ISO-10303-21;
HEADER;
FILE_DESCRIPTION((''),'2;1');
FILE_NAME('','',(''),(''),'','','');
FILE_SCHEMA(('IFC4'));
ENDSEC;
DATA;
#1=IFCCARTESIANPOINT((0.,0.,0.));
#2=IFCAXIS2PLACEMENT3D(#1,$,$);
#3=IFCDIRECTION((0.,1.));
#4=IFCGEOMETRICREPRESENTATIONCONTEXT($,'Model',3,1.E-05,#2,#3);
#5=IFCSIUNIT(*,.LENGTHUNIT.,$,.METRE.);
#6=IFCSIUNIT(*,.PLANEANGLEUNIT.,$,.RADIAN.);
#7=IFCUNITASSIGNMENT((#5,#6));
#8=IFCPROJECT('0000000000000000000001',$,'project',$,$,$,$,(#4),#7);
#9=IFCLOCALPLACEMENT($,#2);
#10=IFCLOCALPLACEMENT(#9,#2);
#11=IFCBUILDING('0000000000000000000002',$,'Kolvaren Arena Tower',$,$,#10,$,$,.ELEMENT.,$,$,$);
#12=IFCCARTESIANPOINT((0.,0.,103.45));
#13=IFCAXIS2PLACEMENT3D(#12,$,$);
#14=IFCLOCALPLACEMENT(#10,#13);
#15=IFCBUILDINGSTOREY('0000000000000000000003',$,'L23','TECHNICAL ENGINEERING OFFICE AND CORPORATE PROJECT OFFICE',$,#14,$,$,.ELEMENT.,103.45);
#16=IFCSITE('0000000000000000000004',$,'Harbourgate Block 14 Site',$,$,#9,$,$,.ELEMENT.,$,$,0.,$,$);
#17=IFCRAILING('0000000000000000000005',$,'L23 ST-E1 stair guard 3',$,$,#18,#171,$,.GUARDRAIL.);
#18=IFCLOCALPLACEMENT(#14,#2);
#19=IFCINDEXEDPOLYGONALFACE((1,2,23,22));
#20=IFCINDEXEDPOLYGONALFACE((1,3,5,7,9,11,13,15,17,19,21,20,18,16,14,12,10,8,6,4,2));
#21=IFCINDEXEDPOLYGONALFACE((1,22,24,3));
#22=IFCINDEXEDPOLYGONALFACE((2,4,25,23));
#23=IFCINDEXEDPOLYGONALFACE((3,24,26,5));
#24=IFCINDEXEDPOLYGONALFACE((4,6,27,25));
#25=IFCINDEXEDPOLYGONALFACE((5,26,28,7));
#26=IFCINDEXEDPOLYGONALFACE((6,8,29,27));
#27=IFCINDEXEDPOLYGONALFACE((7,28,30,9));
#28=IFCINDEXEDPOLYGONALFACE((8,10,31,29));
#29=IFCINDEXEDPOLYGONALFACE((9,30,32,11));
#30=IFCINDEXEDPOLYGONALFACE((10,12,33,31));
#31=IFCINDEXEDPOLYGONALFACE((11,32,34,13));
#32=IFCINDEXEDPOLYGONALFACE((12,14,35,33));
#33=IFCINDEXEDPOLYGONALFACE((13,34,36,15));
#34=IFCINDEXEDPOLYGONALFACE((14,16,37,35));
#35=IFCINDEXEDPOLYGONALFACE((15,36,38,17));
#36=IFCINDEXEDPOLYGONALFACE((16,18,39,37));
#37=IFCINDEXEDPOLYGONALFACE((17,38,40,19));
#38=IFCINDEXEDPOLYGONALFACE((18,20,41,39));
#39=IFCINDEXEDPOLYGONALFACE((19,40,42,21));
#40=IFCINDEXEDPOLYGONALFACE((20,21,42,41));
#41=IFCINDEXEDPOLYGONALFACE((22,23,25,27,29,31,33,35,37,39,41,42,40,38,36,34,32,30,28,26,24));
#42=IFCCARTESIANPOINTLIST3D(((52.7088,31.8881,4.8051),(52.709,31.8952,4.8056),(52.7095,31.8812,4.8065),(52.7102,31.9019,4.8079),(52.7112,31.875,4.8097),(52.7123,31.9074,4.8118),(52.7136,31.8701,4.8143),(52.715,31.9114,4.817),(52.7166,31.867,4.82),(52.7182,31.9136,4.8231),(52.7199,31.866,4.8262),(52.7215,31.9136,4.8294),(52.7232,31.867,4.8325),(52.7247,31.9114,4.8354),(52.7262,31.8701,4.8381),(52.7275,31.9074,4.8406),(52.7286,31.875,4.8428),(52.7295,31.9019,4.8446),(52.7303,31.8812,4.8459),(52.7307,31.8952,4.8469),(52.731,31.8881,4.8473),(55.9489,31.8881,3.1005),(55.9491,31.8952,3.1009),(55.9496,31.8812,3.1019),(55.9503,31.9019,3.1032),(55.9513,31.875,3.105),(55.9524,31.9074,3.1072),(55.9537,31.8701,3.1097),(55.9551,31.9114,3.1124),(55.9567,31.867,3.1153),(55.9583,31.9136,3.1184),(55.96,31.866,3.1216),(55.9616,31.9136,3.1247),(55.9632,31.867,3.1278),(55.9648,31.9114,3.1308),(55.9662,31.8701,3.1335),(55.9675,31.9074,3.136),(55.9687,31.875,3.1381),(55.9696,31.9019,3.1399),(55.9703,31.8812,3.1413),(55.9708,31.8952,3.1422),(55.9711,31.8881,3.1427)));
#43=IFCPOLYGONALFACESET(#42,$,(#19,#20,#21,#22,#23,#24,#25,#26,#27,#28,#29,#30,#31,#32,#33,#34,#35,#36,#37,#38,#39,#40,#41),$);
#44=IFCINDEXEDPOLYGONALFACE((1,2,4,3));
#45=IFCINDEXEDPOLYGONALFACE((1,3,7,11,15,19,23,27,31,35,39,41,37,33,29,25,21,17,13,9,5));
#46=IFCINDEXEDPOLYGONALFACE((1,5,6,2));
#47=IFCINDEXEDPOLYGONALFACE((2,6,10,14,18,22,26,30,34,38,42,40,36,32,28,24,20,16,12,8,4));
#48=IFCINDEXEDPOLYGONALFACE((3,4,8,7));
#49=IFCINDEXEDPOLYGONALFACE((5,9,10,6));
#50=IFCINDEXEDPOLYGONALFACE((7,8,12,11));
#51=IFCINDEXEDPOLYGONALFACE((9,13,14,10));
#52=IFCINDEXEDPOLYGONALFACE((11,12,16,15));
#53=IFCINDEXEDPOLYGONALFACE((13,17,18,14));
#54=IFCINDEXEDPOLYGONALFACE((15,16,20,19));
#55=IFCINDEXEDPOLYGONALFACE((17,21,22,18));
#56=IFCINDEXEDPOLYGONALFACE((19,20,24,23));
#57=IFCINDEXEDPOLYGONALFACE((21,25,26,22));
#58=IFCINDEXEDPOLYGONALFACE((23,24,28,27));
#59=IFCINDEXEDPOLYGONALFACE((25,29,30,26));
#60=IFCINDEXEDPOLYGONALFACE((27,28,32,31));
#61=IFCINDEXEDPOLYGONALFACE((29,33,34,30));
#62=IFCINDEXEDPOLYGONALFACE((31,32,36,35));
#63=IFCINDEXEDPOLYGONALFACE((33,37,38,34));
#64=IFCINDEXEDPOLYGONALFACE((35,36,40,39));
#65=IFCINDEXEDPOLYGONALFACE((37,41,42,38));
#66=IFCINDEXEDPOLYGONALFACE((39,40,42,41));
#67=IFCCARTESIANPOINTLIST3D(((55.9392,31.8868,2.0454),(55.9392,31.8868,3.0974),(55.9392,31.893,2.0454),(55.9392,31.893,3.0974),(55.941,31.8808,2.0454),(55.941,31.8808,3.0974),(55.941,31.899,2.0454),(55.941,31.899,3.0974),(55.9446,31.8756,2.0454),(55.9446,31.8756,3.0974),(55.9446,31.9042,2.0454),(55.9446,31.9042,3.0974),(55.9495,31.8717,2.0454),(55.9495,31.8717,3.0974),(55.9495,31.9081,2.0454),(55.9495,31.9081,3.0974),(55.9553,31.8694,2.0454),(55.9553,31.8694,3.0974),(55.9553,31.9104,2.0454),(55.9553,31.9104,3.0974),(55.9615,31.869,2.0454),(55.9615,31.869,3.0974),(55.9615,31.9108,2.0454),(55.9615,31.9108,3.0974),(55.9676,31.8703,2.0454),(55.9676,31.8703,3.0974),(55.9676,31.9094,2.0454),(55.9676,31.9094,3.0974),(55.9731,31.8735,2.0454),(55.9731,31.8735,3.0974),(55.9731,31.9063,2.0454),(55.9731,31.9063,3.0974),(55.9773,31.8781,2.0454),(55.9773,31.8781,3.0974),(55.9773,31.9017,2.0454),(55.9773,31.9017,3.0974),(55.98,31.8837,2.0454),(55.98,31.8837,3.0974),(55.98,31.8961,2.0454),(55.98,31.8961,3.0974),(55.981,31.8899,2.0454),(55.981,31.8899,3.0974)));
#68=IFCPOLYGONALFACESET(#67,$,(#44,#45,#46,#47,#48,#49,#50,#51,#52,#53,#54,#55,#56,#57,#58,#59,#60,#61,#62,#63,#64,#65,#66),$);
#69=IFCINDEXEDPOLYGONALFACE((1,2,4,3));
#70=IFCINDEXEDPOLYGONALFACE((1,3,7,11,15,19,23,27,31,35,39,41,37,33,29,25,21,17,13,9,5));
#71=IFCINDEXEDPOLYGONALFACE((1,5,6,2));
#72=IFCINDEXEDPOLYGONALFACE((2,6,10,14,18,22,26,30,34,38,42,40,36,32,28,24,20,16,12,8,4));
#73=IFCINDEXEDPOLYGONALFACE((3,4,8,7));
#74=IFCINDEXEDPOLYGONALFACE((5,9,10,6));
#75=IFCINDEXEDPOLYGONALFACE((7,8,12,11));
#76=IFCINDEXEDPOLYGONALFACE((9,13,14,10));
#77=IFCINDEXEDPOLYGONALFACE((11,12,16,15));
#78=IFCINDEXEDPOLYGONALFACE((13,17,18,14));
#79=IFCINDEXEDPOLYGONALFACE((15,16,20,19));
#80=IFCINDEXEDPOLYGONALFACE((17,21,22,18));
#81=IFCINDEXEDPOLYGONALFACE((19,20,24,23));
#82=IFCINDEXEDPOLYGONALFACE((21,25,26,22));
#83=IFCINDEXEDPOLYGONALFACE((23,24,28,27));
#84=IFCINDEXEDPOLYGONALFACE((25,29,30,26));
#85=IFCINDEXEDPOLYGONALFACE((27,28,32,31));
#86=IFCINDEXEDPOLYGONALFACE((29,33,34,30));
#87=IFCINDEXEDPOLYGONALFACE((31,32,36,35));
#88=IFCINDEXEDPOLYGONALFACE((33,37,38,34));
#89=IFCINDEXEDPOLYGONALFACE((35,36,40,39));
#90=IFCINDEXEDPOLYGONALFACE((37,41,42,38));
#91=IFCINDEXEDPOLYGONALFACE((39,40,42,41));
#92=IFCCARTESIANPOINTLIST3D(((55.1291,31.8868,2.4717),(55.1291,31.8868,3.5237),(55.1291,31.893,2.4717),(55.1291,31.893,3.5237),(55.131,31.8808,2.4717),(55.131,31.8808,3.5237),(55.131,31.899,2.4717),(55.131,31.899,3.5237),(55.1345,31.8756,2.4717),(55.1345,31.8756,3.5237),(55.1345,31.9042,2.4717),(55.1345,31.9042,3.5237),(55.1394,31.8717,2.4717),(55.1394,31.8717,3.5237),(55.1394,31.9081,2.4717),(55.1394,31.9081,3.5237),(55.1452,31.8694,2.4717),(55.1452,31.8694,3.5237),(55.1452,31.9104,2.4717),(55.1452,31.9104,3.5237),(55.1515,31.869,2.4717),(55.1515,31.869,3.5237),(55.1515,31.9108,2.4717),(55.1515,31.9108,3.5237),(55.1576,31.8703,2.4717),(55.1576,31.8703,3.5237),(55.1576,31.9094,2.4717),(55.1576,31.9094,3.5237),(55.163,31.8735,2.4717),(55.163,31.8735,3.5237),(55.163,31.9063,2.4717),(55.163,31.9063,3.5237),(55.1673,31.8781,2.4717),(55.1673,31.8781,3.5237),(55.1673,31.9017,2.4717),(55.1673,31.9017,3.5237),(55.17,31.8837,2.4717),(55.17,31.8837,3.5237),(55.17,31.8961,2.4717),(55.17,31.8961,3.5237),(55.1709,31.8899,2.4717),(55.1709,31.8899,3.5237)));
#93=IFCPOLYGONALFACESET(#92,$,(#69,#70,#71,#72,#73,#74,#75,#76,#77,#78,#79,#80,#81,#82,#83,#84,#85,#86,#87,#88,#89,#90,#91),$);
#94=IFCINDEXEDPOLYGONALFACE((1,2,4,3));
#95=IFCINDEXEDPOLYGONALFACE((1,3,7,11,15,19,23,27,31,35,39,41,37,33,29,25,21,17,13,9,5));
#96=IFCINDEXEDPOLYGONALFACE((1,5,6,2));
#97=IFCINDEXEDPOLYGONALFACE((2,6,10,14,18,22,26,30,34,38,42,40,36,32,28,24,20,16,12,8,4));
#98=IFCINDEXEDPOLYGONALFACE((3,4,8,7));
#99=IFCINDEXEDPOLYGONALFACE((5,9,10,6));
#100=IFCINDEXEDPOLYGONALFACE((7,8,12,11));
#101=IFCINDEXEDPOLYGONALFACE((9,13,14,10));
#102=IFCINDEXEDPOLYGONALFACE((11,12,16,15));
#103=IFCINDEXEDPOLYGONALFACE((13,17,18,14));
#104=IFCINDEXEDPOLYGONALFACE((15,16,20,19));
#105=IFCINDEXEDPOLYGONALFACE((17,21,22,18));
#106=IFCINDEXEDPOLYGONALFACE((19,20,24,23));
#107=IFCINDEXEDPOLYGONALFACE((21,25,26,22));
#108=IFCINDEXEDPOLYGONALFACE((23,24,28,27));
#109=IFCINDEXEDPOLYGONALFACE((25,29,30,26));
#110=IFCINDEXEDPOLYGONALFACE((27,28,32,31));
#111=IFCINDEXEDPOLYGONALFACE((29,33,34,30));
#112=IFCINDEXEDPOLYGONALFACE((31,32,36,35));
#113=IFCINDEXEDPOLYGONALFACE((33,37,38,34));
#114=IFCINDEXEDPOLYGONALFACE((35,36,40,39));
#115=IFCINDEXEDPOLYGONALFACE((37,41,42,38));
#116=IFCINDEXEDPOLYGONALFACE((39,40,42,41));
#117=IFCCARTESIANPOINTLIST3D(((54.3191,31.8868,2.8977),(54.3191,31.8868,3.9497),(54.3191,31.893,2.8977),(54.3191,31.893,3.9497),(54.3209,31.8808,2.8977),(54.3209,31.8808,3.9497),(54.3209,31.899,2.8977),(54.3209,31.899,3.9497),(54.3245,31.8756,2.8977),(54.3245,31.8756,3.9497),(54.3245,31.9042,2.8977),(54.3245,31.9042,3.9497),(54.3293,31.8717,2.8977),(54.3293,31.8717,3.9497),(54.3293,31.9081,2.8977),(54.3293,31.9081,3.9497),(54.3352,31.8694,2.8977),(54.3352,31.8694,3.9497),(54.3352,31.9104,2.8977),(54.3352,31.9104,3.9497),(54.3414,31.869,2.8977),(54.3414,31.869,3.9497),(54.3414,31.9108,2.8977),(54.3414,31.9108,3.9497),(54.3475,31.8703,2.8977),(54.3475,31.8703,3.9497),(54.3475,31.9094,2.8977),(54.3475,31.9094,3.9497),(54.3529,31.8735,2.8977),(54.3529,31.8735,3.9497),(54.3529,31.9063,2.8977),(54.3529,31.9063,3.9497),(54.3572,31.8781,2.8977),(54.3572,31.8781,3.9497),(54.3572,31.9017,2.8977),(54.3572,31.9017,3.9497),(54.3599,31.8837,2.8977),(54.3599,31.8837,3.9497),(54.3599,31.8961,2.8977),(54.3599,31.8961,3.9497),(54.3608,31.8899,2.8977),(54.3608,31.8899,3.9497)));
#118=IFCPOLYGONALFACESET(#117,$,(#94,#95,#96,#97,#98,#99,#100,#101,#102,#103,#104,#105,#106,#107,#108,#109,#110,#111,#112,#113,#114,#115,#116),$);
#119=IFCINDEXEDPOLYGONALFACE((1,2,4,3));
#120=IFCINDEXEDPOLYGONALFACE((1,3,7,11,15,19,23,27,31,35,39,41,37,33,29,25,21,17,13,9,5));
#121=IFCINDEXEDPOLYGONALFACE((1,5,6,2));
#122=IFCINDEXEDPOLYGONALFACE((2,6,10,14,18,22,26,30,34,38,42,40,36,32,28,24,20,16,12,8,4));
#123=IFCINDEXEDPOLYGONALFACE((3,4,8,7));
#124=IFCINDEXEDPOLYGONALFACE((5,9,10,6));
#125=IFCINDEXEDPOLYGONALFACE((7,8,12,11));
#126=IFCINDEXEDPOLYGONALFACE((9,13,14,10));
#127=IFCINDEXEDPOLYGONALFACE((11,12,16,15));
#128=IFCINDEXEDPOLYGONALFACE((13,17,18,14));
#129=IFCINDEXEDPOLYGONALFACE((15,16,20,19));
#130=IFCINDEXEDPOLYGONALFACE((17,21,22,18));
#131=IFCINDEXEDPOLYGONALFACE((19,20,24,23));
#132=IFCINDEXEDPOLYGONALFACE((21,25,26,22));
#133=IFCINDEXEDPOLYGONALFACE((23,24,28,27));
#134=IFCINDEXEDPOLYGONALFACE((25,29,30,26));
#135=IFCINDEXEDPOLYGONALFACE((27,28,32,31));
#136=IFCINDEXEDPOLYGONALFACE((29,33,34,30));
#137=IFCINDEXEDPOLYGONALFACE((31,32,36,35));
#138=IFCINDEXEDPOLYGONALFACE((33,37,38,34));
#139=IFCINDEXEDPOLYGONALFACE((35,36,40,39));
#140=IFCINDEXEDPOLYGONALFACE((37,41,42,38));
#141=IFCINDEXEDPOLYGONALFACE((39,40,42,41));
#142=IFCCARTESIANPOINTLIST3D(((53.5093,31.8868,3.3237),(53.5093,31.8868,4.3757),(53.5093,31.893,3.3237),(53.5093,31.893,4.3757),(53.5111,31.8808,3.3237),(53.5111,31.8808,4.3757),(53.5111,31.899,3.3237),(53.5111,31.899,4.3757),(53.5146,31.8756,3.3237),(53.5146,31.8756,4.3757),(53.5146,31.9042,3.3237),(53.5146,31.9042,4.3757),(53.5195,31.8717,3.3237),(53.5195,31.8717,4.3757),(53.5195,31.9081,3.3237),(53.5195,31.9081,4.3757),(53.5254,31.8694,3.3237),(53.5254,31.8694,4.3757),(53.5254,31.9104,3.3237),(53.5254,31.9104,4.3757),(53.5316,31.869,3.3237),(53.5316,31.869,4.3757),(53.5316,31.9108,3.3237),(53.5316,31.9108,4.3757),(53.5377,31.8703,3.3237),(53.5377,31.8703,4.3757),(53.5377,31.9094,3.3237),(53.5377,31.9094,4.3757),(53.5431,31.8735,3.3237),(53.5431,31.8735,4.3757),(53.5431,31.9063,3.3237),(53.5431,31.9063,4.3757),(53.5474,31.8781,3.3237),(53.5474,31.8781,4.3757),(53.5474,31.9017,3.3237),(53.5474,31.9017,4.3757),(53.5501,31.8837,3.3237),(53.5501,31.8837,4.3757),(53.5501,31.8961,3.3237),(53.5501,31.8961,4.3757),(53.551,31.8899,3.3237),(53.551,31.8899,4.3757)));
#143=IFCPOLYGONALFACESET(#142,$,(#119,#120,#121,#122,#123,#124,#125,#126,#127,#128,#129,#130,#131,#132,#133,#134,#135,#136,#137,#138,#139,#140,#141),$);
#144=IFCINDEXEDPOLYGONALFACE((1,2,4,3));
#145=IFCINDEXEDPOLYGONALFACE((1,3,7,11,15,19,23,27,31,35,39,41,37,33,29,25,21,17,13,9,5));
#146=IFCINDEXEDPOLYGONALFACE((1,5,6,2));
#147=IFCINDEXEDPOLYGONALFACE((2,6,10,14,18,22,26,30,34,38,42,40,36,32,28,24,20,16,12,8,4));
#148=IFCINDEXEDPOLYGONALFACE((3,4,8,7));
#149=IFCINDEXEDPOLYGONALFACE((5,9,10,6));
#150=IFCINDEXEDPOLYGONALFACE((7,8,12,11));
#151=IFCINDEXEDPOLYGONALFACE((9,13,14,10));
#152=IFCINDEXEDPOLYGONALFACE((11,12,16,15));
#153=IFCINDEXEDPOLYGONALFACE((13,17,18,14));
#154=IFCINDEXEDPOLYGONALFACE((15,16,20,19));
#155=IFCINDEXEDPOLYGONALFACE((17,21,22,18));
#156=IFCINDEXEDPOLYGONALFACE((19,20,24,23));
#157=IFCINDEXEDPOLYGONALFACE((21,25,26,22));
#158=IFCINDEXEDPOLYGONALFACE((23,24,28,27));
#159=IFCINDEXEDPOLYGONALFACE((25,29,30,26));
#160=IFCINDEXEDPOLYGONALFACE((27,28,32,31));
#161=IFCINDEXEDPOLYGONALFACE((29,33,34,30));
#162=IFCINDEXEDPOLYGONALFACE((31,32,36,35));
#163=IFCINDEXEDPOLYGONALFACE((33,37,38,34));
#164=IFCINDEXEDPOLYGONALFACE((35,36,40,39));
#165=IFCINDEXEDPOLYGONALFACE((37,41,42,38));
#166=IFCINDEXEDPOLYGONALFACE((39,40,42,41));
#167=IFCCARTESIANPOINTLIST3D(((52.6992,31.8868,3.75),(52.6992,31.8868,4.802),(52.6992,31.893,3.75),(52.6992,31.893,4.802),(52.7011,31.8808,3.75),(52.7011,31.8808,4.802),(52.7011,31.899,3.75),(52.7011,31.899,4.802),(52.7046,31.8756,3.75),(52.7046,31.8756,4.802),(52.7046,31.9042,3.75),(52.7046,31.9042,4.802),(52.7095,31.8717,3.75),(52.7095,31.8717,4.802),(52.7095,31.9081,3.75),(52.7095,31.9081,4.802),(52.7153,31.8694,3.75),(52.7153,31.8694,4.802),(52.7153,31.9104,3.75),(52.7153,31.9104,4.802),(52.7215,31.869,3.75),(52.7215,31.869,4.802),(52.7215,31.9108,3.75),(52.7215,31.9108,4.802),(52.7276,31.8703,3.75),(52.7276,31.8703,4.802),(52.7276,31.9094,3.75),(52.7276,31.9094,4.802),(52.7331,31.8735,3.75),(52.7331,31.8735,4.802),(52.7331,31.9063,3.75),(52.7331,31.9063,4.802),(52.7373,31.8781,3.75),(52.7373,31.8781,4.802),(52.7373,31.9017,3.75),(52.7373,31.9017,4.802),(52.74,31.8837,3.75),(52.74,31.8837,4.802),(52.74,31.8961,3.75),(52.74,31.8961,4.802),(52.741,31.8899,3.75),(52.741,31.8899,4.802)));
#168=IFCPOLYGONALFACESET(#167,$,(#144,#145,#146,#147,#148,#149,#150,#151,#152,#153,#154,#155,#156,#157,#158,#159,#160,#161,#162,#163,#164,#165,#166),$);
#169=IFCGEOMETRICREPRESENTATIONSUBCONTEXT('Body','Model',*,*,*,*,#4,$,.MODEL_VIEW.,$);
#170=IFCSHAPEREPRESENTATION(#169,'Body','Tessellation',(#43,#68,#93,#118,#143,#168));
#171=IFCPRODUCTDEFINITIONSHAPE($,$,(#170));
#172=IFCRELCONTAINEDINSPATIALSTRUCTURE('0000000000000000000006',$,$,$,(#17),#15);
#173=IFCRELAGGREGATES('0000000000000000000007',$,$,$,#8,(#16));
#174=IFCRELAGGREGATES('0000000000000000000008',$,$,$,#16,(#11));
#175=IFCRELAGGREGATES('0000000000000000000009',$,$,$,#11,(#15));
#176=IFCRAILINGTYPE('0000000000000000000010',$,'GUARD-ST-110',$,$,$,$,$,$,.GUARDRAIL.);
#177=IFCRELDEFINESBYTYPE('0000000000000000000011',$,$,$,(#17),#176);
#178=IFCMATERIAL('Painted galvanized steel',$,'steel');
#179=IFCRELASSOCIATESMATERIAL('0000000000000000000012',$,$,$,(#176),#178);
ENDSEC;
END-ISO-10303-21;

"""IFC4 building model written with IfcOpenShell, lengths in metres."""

from ifc_helpers import new_model, si_unit, direction, frame, origin, origin_2d, place, context, subcontext, project, spatial, circle, extrude, material, type_object, element, save


model = new_model("IFC4")

# Units and contexts
model_context = context("Model", 3, precision=1e-05, world=origin(), true_north=direction((0.0, 1.0)))
body_context = subcontext(model_context, "Body", "Model", "MODEL_VIEW")
ifc_project = project(units=[si_unit("LENGTHUNIT", "METRE"), si_unit("PLANEANGLEUNIT", "RADIAN")], contexts=[model_context])

# Site, building, storey
site_placement = place(None, origin())
site = spatial("IfcSite", under=ifc_project, at=site_placement, Name="Harbourgate Block 14 Site", CompositionType="ELEMENT", RefElevation=0.0)
building_placement = place(site_placement, origin())
building = spatial("IfcBuilding", under=site, at=building_placement, Name="Kolvaren Arena Tower", CompositionType="ELEMENT")
storey_placement = place(building_placement, frame((0.0, 0.0, 103.45)))
storey = spatial("IfcBuildingStorey", under=building, at=storey_placement, Name="L23", Description="TECHNICAL ENGINEERING OFFICE AND CORPORATE PROJECT OFFICE", CompositionType="ELEMENT", Elevation=103.45)

# Railing
ifc_material_1 = material(Name="Painted galvanized steel", Category="steel")
railing_type_1 = type_object("IfcRailingType", Name="GUARD-ST-110", PredefinedType="GUARDRAIL", material=ifc_material_1)
railing_1_placement = place(storey_placement, frame((55.96, 31.8899, 2.0454)))
element("IfcRailing", 1, at=railing_1_placement, inside=storey, type_object=railing_type_1, Name="L23 ST-E1 stair guard 3", PredefinedType="GUARDRAIL", context=body_context, shape_type="SweptSolid", body=[
    extrude(circle(Radius=0.0239, at=origin_2d()), frame((0.0, 0.0, 1.0762), z_axis=(-0.884993, 0.0, 0.465604), x_axis=(0.0, -1.0, 0.0)), (0.0, 0.0, 1.0), 3.6611),
    extrude(circle(Radius=0.021, at=origin_2d()), origin(), (0.0, 0.0, 1.0), 1.052),
    extrude(circle(Radius=0.021, at=origin_2d()), frame((-0.8101, 0.0, 0.4263)), (0.0, 0.0, 1.0), 1.052),
    extrude(circle(Radius=0.021, at=origin_2d()), frame((-1.6201, 0.0, 0.8523)), (0.0, 0.0, 1.0), 1.052),
    extrude(circle(Radius=0.021, at=origin_2d()), frame((-2.4299, 0.0, 1.2783)), (0.0, 0.0, 1.0), 1.052),
    extrude(circle(Radius=0.021, at=origin_2d()), frame((-3.24, 0.0, 1.7046)), (0.0, 0.0, 1.0), 1.052),
])

save(model, "model.ifc")
